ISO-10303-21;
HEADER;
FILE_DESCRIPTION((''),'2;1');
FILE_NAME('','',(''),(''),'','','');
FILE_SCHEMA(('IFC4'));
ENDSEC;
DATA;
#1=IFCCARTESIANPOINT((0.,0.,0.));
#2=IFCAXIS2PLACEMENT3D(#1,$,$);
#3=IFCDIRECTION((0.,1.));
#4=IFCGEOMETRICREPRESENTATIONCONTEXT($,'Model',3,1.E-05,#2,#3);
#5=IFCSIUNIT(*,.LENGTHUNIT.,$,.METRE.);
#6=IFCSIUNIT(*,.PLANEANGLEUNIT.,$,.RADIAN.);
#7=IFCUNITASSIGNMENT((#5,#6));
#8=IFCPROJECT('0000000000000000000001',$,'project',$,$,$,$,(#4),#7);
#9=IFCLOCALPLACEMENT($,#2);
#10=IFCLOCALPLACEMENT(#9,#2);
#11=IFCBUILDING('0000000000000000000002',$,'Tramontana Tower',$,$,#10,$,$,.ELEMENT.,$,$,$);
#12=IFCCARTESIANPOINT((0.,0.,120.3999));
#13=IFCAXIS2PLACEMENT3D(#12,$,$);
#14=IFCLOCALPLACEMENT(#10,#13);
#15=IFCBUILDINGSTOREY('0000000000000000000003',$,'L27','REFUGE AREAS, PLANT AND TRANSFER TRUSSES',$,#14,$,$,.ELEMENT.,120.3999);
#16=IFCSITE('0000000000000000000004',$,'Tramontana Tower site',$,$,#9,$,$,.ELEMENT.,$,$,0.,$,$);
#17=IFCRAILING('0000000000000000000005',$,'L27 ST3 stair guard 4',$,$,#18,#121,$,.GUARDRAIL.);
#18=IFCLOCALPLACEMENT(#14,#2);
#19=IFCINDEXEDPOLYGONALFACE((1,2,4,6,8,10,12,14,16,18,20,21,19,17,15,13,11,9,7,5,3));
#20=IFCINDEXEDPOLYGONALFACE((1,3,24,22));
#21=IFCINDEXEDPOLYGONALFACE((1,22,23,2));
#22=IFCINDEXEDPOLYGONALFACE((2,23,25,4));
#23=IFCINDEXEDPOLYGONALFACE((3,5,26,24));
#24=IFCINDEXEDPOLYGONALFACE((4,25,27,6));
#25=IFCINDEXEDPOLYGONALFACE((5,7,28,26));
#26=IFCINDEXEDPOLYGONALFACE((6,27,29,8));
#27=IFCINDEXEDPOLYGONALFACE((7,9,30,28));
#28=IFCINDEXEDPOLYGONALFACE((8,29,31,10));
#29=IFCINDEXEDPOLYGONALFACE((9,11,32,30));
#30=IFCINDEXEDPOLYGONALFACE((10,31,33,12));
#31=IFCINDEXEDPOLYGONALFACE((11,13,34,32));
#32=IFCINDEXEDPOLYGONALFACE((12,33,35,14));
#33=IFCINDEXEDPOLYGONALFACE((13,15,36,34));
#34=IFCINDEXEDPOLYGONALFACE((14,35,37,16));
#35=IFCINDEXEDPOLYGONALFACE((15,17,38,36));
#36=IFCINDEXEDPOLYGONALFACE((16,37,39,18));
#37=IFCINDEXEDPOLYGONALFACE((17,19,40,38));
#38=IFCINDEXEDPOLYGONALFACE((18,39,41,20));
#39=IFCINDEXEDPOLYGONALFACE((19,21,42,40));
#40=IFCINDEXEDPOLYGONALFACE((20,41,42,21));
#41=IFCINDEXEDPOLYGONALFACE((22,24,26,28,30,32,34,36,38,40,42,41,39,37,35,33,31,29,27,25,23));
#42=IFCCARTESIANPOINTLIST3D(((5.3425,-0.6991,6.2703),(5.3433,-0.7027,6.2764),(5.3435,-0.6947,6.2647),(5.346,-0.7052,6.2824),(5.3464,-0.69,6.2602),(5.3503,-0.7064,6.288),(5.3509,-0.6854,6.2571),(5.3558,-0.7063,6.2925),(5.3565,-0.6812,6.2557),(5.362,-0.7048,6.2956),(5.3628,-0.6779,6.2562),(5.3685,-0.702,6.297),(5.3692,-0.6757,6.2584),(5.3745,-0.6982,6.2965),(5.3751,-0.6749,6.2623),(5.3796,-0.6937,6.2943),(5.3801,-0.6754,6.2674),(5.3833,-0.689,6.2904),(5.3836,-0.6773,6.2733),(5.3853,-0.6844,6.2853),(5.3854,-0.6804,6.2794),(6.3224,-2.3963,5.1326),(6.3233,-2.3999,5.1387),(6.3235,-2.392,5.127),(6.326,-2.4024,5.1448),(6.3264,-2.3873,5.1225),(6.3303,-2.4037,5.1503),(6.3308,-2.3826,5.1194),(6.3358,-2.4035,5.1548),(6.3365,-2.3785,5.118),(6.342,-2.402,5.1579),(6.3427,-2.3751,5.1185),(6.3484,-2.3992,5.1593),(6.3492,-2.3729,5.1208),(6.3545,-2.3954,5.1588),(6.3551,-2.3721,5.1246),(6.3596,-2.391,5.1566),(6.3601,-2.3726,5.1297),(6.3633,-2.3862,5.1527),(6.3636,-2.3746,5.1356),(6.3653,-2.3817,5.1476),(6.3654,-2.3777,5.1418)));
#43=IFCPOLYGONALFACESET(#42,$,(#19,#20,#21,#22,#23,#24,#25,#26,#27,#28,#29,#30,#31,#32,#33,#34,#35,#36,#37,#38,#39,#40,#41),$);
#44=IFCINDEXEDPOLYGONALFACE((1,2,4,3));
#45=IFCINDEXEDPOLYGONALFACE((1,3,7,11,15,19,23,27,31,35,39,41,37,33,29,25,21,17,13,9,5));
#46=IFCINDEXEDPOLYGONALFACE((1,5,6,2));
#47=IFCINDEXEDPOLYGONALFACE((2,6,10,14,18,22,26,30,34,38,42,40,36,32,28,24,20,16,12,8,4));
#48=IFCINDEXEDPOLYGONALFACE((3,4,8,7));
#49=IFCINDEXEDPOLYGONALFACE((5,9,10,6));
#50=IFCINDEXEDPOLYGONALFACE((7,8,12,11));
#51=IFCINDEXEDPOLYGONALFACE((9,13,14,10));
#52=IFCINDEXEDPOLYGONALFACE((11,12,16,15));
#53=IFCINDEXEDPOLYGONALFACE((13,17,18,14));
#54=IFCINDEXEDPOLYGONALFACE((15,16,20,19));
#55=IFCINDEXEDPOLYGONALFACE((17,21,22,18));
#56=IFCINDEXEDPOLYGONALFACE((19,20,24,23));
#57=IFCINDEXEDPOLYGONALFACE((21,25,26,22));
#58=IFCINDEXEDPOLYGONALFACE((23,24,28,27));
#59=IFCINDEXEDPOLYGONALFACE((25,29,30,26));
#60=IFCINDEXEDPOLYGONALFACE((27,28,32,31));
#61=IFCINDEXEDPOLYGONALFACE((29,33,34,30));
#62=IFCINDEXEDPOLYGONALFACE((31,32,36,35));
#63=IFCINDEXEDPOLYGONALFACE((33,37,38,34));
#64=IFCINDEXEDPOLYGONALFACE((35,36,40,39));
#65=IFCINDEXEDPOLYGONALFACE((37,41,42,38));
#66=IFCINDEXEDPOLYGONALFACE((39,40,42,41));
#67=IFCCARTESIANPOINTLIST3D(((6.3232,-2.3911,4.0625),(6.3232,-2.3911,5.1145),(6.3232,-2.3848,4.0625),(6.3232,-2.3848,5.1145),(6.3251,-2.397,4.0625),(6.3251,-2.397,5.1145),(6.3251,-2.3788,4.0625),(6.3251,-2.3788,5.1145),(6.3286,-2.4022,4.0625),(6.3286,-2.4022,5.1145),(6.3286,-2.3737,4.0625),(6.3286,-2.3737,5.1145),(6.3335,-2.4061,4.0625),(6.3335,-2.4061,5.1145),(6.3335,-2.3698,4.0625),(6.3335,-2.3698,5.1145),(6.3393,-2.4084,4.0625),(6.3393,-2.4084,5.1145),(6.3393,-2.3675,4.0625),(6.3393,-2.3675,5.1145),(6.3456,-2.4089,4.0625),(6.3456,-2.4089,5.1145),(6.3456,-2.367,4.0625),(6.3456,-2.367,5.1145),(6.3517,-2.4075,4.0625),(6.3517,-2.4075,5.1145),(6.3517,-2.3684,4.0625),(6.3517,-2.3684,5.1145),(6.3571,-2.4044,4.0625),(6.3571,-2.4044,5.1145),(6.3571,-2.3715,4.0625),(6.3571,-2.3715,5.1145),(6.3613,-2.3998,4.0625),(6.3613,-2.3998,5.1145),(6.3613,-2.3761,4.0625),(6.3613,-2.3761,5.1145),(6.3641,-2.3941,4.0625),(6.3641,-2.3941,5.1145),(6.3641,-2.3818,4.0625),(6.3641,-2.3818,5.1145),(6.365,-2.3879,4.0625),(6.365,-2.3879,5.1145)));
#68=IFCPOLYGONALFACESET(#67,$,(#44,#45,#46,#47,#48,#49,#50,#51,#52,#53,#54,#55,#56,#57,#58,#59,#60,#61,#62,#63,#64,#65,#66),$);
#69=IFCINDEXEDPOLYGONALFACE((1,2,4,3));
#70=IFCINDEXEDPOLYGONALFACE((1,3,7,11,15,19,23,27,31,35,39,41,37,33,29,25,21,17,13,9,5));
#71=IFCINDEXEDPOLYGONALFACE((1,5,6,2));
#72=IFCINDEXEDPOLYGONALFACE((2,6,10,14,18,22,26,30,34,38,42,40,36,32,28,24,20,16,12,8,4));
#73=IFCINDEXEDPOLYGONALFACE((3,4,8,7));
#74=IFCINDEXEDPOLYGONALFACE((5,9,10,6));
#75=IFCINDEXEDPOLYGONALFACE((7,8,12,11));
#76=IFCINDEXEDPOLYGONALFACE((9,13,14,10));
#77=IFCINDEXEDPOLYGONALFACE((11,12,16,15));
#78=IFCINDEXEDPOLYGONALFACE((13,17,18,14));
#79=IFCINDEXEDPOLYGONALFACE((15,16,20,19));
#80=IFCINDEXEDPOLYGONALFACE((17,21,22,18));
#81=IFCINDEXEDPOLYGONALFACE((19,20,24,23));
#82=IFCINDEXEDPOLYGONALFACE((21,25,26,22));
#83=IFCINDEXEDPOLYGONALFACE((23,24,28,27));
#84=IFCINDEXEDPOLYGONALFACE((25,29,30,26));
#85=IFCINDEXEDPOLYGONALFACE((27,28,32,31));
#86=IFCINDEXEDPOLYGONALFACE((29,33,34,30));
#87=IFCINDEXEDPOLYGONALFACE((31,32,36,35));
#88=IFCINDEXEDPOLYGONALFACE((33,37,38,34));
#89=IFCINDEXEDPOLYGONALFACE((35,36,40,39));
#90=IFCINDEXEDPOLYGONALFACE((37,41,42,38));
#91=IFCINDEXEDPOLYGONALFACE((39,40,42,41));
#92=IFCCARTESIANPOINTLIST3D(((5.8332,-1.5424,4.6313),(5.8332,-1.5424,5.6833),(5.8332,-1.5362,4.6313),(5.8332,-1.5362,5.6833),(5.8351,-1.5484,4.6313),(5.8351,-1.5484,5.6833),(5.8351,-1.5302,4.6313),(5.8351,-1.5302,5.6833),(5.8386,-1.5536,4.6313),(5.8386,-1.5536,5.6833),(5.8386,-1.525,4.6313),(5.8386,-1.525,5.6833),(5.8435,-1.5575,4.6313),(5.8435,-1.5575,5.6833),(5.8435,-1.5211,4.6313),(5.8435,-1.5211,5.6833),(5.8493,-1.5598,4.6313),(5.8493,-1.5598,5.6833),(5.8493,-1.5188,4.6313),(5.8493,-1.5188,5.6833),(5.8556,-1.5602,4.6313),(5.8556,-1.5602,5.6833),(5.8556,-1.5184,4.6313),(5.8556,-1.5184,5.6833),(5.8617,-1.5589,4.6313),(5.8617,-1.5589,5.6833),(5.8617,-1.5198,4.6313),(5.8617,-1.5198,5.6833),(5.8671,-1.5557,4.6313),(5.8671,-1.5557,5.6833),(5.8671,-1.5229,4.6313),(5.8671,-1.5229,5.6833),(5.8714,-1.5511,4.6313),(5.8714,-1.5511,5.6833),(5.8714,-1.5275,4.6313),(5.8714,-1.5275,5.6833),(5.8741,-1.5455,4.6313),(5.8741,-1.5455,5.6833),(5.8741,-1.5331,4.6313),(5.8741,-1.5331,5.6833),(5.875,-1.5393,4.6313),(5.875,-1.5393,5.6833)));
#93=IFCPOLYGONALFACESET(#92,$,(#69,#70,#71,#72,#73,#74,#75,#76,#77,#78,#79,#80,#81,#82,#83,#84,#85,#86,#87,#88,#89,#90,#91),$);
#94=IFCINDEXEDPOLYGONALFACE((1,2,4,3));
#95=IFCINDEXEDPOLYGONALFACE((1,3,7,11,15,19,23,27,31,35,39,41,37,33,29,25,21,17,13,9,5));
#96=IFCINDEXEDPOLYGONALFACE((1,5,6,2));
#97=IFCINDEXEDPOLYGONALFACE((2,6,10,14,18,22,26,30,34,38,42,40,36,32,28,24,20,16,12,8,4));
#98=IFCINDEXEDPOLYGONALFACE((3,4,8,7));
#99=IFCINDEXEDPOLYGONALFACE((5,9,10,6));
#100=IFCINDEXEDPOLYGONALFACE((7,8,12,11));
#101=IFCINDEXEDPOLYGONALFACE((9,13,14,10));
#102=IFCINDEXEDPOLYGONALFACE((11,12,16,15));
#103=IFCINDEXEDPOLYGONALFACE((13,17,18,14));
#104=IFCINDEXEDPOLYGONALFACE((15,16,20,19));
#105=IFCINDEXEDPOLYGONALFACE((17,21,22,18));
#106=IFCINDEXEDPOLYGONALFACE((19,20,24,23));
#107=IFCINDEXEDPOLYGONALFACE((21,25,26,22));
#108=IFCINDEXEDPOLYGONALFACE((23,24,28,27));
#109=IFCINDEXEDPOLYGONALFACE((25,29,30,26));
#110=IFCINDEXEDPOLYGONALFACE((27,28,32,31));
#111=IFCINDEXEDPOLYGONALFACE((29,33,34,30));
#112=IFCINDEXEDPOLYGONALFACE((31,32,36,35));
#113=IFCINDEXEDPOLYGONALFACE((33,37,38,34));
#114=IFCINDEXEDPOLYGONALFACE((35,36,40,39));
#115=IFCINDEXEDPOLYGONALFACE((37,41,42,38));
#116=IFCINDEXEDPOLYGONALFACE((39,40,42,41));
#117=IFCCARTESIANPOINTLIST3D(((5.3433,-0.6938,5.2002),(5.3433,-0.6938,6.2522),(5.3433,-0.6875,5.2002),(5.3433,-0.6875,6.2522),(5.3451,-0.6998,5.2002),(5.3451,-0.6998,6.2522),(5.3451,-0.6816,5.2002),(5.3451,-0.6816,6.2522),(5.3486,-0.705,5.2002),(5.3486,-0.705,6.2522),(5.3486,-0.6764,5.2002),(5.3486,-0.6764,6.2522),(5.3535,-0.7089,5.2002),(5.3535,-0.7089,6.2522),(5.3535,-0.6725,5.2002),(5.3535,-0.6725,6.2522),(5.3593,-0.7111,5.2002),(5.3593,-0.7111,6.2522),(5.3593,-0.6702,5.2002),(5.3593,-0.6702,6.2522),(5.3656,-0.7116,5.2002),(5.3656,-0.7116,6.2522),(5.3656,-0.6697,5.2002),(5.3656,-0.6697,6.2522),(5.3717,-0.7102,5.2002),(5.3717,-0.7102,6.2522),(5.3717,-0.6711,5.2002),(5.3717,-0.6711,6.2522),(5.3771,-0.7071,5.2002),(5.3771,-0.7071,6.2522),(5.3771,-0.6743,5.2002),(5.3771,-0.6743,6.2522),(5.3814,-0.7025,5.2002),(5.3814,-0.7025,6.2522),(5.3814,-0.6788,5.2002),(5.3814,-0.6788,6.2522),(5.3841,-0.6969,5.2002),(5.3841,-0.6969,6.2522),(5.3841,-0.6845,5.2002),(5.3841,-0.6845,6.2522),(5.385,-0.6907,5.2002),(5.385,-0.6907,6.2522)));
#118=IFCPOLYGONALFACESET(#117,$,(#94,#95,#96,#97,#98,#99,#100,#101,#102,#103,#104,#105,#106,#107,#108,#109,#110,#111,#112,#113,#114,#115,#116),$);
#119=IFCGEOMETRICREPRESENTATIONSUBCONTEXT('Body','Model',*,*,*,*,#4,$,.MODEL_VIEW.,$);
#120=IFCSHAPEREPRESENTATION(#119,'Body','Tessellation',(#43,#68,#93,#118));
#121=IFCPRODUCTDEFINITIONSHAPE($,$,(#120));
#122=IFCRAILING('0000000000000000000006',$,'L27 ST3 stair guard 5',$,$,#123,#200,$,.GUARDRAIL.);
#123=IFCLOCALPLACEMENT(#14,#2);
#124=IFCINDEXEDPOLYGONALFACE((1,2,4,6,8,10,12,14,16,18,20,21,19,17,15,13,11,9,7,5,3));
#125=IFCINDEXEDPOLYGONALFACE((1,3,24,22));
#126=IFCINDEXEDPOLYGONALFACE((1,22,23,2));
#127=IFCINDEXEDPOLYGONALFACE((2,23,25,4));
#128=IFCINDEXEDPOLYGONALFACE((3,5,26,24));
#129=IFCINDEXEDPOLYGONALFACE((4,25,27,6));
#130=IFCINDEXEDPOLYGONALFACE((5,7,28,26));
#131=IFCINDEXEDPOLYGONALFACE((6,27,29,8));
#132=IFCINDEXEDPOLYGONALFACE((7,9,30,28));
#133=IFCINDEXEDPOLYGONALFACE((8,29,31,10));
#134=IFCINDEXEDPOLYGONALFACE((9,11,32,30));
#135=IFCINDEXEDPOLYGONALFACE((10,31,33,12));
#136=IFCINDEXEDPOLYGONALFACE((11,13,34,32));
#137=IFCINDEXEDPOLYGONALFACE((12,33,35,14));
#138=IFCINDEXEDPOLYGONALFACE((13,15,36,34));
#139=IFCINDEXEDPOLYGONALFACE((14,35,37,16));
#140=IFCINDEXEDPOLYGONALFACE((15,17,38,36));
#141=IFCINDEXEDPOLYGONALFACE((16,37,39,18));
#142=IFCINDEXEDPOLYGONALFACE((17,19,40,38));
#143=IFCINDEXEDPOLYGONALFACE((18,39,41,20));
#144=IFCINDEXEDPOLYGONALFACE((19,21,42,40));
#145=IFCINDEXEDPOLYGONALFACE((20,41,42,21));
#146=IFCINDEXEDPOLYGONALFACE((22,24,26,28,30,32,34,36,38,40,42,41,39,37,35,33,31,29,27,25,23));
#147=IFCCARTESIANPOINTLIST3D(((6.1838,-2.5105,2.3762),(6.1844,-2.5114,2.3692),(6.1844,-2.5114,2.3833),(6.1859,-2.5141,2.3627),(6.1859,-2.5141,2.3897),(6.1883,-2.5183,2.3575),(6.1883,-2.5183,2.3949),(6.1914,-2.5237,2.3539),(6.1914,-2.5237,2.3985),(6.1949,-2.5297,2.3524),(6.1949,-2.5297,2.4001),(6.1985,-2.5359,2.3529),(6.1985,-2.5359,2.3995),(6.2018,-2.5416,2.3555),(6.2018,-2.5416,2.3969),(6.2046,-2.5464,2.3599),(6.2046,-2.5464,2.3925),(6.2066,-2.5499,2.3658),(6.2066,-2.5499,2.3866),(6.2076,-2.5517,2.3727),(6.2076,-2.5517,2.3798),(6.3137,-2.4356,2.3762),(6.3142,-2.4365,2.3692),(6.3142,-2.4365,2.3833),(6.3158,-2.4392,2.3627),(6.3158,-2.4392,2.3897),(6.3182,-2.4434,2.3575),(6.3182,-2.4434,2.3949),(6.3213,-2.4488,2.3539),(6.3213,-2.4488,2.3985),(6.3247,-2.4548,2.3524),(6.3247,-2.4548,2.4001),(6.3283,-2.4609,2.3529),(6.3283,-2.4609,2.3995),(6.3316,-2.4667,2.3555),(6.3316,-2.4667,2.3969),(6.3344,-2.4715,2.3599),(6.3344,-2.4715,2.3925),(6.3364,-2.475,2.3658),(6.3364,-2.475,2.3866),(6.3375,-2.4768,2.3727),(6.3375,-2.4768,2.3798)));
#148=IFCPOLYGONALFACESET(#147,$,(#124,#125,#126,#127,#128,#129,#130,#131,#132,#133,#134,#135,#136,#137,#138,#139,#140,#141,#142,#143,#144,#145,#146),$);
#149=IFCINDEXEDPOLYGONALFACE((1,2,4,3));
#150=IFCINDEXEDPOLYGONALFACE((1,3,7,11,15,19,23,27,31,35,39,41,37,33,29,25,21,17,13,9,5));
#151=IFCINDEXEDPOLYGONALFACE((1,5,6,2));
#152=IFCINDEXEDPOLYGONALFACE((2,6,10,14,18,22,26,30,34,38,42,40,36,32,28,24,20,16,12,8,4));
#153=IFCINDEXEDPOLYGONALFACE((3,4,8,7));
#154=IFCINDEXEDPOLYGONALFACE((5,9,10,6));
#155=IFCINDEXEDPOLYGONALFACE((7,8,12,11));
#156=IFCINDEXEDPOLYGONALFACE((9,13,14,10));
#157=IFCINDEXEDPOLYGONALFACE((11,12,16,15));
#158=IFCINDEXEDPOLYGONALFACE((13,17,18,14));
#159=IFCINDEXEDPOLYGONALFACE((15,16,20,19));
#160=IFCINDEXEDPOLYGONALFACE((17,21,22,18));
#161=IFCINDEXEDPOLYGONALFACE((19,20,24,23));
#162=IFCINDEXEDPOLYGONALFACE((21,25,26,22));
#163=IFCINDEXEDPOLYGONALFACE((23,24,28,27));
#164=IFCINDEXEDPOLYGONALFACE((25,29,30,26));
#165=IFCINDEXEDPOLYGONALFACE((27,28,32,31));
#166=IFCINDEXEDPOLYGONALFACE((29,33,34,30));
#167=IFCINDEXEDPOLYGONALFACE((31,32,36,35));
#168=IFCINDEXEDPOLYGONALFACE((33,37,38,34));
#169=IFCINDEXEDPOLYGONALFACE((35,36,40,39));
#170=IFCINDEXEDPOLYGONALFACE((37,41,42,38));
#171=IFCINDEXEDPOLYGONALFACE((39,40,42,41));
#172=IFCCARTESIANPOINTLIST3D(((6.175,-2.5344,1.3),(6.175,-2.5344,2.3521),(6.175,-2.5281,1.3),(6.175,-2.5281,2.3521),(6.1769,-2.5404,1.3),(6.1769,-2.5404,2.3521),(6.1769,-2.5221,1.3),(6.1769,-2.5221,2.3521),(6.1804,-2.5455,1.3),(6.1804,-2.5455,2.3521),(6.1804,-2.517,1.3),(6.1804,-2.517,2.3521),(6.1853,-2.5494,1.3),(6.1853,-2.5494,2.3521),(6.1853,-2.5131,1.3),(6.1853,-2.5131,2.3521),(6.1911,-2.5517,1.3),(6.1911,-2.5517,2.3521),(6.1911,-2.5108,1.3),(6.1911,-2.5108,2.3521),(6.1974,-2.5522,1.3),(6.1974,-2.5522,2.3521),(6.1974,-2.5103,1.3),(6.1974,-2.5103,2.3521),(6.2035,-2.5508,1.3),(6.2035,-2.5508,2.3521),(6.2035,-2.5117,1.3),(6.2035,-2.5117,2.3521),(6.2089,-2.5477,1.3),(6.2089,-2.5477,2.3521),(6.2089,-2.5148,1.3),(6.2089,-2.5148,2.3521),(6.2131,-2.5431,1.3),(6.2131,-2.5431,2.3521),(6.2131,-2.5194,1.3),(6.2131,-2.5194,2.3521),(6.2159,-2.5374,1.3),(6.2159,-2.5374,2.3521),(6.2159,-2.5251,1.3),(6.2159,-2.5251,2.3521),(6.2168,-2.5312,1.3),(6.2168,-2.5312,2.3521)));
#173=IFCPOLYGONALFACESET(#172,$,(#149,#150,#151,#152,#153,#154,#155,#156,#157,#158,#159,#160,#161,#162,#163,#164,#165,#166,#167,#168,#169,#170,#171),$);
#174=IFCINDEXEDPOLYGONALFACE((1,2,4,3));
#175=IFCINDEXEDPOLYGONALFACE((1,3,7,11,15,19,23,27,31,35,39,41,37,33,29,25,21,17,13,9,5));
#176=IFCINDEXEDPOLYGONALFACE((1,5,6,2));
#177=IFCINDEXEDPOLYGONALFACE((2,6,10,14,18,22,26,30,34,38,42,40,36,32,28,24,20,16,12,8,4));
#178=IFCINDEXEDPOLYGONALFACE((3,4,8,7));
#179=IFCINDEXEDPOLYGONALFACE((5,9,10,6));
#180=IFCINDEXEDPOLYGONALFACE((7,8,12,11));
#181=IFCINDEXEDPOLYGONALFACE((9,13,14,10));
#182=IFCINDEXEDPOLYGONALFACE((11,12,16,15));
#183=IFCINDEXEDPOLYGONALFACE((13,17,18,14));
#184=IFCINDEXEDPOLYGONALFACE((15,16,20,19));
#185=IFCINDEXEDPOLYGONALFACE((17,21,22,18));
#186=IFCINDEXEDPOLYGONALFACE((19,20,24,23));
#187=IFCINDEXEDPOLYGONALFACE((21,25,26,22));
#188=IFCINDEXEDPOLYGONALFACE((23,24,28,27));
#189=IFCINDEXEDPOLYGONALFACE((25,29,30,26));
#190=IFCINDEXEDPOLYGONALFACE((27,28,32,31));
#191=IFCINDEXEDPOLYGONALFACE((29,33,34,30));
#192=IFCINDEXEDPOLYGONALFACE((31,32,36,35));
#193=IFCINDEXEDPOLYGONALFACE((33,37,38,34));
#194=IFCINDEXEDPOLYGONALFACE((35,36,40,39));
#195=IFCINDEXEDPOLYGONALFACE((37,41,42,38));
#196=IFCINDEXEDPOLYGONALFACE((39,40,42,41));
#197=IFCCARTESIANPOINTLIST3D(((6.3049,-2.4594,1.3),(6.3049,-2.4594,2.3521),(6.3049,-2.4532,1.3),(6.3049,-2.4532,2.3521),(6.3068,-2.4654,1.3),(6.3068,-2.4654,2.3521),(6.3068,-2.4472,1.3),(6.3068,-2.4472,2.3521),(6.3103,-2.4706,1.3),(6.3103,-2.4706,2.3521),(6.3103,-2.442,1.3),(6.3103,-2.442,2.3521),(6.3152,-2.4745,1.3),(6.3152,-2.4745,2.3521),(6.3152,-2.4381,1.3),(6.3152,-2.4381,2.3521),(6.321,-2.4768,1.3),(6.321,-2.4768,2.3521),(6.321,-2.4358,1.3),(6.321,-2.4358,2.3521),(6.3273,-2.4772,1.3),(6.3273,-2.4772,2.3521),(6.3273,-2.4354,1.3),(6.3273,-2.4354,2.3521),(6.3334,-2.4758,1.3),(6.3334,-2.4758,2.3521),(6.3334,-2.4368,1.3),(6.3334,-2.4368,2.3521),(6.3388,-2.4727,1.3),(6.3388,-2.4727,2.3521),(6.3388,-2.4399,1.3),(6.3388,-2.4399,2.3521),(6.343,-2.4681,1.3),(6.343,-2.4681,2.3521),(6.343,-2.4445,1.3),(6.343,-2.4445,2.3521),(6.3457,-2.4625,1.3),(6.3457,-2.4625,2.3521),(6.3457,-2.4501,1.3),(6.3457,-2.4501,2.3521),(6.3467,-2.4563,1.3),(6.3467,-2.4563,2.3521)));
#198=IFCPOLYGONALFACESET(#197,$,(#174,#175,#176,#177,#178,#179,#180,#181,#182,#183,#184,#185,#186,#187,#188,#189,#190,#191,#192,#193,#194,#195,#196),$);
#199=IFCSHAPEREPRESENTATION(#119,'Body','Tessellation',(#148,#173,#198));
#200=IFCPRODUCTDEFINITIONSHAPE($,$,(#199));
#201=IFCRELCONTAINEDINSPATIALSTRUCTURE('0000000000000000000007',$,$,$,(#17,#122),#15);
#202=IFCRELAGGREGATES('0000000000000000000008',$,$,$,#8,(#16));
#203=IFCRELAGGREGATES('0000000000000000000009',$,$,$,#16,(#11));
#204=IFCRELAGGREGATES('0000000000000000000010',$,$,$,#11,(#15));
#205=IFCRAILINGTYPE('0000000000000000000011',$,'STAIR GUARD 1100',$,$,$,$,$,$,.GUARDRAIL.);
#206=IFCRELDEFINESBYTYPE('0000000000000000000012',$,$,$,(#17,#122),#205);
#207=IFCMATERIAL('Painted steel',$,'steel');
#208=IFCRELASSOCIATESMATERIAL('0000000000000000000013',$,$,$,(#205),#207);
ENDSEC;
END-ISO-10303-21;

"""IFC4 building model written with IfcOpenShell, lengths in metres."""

from ifc_helpers import new_model, si_unit, direction, frame, origin, origin_2d, place, context, subcontext, project, spatial, circle, extrude, material, type_object, element, save


model = new_model("IFC4")

# Units and contexts
model_context = context("Model", 3, precision=1e-05, world=origin(), true_north=direction((0.0, 1.0)))
body_context = subcontext(model_context, "Body", "Model", "MODEL_VIEW")
ifc_project = project(units=[si_unit("LENGTHUNIT", "METRE"), si_unit("PLANEANGLEUNIT", "RADIAN")], contexts=[model_context])

# Site, building, storey
site_placement = place(None, origin())
site = spatial("IfcSite", under=ifc_project, at=site_placement, Name="Tramontana Tower site", CompositionType="ELEMENT", RefElevation=0.0)
building_placement = place(site_placement, origin())
building = spatial("IfcBuilding", under=site, at=building_placement, Name="Tramontana Tower", CompositionType="ELEMENT")
storey_placement = place(building_placement, frame((0.0, 0.0, 120.3999)))
storey = spatial("IfcBuildingStorey", under=building, at=storey_placement, Name="L27", Description="REFUGE AREAS, PLANT AND TRANSFER TRUSSES", CompositionType="ELEMENT", Elevation=120.3999)

# Railings
ifc_material_1 = material(Name="Painted steel", Category="steel")
railing_type_1 = type_object("IfcRailingType", Name="STAIR GUARD 1100", PredefinedType="GUARDRAIL", material=ifc_material_1)
railing_1_placement = place(storey_placement, frame((6.344, -2.3879, 4.0625)))
element("IfcRailing", 1, at=railing_1_placement, inside=storey, type_object=railing_type_1, Name="L27 ST3 stair guard 4", PredefinedType="GUARDRAIL", context=body_context, shape_type="SweptSolid", body=[
    extrude(circle(Radius=0.0239, at=origin_2d()), frame((0.0, 0.0, 1.0762), z_axis=(-0.432443, 0.748965, 0.502039), x_axis=(-0.866011, -0.500024, 0.0)), (0.0, 0.0, 1.0), 2.2661),
    extrude(circle(Radius=0.021, at=origin_2d()), origin(), (0.0, 0.0, 1.0), 1.052),
    extrude(circle(Radius=0.021, at=origin_2d()), frame((-0.49, 0.8486, 0.5688)), (0.0, 0.0, 1.0), 1.052),
    extrude(circle(Radius=0.021, at=origin_2d()), frame((-0.98, 1.6973, 1.1377)), (0.0, 0.0, 1.0), 1.052),
])
for number, where, name in (
    (2, (6.1958, -2.5312, 1.3), "L27 ST3 stair guard 5"),
):
    element("IfcRailing", number, at=place(storey_placement, frame(where)), inside=storey, type_object=railing_type_1, Name=name, PredefinedType="GUARDRAIL", context=body_context, shape_type="SweptSolid", body=[
        extrude(circle(Radius=0.0239, at=origin_2d()), frame((0.0, 0.0, 1.0762), z_axis=(0.866131, 0.499816, 0.0), x_axis=(-0.499816, 0.866131, 0.0)), (0.0, 0.0, 1.0), 0.1499),
        extrude(circle(Radius=0.021, at=origin_2d()), origin(), (0.0, 0.0, 1.0), 1.052),
        extrude(circle(Radius=0.021, at=origin_2d()), frame((0.1299, 0.075, 0.0)), (0.0, 0.0, 1.0), 1.052),
    ])

save(model, "model.ifc")
